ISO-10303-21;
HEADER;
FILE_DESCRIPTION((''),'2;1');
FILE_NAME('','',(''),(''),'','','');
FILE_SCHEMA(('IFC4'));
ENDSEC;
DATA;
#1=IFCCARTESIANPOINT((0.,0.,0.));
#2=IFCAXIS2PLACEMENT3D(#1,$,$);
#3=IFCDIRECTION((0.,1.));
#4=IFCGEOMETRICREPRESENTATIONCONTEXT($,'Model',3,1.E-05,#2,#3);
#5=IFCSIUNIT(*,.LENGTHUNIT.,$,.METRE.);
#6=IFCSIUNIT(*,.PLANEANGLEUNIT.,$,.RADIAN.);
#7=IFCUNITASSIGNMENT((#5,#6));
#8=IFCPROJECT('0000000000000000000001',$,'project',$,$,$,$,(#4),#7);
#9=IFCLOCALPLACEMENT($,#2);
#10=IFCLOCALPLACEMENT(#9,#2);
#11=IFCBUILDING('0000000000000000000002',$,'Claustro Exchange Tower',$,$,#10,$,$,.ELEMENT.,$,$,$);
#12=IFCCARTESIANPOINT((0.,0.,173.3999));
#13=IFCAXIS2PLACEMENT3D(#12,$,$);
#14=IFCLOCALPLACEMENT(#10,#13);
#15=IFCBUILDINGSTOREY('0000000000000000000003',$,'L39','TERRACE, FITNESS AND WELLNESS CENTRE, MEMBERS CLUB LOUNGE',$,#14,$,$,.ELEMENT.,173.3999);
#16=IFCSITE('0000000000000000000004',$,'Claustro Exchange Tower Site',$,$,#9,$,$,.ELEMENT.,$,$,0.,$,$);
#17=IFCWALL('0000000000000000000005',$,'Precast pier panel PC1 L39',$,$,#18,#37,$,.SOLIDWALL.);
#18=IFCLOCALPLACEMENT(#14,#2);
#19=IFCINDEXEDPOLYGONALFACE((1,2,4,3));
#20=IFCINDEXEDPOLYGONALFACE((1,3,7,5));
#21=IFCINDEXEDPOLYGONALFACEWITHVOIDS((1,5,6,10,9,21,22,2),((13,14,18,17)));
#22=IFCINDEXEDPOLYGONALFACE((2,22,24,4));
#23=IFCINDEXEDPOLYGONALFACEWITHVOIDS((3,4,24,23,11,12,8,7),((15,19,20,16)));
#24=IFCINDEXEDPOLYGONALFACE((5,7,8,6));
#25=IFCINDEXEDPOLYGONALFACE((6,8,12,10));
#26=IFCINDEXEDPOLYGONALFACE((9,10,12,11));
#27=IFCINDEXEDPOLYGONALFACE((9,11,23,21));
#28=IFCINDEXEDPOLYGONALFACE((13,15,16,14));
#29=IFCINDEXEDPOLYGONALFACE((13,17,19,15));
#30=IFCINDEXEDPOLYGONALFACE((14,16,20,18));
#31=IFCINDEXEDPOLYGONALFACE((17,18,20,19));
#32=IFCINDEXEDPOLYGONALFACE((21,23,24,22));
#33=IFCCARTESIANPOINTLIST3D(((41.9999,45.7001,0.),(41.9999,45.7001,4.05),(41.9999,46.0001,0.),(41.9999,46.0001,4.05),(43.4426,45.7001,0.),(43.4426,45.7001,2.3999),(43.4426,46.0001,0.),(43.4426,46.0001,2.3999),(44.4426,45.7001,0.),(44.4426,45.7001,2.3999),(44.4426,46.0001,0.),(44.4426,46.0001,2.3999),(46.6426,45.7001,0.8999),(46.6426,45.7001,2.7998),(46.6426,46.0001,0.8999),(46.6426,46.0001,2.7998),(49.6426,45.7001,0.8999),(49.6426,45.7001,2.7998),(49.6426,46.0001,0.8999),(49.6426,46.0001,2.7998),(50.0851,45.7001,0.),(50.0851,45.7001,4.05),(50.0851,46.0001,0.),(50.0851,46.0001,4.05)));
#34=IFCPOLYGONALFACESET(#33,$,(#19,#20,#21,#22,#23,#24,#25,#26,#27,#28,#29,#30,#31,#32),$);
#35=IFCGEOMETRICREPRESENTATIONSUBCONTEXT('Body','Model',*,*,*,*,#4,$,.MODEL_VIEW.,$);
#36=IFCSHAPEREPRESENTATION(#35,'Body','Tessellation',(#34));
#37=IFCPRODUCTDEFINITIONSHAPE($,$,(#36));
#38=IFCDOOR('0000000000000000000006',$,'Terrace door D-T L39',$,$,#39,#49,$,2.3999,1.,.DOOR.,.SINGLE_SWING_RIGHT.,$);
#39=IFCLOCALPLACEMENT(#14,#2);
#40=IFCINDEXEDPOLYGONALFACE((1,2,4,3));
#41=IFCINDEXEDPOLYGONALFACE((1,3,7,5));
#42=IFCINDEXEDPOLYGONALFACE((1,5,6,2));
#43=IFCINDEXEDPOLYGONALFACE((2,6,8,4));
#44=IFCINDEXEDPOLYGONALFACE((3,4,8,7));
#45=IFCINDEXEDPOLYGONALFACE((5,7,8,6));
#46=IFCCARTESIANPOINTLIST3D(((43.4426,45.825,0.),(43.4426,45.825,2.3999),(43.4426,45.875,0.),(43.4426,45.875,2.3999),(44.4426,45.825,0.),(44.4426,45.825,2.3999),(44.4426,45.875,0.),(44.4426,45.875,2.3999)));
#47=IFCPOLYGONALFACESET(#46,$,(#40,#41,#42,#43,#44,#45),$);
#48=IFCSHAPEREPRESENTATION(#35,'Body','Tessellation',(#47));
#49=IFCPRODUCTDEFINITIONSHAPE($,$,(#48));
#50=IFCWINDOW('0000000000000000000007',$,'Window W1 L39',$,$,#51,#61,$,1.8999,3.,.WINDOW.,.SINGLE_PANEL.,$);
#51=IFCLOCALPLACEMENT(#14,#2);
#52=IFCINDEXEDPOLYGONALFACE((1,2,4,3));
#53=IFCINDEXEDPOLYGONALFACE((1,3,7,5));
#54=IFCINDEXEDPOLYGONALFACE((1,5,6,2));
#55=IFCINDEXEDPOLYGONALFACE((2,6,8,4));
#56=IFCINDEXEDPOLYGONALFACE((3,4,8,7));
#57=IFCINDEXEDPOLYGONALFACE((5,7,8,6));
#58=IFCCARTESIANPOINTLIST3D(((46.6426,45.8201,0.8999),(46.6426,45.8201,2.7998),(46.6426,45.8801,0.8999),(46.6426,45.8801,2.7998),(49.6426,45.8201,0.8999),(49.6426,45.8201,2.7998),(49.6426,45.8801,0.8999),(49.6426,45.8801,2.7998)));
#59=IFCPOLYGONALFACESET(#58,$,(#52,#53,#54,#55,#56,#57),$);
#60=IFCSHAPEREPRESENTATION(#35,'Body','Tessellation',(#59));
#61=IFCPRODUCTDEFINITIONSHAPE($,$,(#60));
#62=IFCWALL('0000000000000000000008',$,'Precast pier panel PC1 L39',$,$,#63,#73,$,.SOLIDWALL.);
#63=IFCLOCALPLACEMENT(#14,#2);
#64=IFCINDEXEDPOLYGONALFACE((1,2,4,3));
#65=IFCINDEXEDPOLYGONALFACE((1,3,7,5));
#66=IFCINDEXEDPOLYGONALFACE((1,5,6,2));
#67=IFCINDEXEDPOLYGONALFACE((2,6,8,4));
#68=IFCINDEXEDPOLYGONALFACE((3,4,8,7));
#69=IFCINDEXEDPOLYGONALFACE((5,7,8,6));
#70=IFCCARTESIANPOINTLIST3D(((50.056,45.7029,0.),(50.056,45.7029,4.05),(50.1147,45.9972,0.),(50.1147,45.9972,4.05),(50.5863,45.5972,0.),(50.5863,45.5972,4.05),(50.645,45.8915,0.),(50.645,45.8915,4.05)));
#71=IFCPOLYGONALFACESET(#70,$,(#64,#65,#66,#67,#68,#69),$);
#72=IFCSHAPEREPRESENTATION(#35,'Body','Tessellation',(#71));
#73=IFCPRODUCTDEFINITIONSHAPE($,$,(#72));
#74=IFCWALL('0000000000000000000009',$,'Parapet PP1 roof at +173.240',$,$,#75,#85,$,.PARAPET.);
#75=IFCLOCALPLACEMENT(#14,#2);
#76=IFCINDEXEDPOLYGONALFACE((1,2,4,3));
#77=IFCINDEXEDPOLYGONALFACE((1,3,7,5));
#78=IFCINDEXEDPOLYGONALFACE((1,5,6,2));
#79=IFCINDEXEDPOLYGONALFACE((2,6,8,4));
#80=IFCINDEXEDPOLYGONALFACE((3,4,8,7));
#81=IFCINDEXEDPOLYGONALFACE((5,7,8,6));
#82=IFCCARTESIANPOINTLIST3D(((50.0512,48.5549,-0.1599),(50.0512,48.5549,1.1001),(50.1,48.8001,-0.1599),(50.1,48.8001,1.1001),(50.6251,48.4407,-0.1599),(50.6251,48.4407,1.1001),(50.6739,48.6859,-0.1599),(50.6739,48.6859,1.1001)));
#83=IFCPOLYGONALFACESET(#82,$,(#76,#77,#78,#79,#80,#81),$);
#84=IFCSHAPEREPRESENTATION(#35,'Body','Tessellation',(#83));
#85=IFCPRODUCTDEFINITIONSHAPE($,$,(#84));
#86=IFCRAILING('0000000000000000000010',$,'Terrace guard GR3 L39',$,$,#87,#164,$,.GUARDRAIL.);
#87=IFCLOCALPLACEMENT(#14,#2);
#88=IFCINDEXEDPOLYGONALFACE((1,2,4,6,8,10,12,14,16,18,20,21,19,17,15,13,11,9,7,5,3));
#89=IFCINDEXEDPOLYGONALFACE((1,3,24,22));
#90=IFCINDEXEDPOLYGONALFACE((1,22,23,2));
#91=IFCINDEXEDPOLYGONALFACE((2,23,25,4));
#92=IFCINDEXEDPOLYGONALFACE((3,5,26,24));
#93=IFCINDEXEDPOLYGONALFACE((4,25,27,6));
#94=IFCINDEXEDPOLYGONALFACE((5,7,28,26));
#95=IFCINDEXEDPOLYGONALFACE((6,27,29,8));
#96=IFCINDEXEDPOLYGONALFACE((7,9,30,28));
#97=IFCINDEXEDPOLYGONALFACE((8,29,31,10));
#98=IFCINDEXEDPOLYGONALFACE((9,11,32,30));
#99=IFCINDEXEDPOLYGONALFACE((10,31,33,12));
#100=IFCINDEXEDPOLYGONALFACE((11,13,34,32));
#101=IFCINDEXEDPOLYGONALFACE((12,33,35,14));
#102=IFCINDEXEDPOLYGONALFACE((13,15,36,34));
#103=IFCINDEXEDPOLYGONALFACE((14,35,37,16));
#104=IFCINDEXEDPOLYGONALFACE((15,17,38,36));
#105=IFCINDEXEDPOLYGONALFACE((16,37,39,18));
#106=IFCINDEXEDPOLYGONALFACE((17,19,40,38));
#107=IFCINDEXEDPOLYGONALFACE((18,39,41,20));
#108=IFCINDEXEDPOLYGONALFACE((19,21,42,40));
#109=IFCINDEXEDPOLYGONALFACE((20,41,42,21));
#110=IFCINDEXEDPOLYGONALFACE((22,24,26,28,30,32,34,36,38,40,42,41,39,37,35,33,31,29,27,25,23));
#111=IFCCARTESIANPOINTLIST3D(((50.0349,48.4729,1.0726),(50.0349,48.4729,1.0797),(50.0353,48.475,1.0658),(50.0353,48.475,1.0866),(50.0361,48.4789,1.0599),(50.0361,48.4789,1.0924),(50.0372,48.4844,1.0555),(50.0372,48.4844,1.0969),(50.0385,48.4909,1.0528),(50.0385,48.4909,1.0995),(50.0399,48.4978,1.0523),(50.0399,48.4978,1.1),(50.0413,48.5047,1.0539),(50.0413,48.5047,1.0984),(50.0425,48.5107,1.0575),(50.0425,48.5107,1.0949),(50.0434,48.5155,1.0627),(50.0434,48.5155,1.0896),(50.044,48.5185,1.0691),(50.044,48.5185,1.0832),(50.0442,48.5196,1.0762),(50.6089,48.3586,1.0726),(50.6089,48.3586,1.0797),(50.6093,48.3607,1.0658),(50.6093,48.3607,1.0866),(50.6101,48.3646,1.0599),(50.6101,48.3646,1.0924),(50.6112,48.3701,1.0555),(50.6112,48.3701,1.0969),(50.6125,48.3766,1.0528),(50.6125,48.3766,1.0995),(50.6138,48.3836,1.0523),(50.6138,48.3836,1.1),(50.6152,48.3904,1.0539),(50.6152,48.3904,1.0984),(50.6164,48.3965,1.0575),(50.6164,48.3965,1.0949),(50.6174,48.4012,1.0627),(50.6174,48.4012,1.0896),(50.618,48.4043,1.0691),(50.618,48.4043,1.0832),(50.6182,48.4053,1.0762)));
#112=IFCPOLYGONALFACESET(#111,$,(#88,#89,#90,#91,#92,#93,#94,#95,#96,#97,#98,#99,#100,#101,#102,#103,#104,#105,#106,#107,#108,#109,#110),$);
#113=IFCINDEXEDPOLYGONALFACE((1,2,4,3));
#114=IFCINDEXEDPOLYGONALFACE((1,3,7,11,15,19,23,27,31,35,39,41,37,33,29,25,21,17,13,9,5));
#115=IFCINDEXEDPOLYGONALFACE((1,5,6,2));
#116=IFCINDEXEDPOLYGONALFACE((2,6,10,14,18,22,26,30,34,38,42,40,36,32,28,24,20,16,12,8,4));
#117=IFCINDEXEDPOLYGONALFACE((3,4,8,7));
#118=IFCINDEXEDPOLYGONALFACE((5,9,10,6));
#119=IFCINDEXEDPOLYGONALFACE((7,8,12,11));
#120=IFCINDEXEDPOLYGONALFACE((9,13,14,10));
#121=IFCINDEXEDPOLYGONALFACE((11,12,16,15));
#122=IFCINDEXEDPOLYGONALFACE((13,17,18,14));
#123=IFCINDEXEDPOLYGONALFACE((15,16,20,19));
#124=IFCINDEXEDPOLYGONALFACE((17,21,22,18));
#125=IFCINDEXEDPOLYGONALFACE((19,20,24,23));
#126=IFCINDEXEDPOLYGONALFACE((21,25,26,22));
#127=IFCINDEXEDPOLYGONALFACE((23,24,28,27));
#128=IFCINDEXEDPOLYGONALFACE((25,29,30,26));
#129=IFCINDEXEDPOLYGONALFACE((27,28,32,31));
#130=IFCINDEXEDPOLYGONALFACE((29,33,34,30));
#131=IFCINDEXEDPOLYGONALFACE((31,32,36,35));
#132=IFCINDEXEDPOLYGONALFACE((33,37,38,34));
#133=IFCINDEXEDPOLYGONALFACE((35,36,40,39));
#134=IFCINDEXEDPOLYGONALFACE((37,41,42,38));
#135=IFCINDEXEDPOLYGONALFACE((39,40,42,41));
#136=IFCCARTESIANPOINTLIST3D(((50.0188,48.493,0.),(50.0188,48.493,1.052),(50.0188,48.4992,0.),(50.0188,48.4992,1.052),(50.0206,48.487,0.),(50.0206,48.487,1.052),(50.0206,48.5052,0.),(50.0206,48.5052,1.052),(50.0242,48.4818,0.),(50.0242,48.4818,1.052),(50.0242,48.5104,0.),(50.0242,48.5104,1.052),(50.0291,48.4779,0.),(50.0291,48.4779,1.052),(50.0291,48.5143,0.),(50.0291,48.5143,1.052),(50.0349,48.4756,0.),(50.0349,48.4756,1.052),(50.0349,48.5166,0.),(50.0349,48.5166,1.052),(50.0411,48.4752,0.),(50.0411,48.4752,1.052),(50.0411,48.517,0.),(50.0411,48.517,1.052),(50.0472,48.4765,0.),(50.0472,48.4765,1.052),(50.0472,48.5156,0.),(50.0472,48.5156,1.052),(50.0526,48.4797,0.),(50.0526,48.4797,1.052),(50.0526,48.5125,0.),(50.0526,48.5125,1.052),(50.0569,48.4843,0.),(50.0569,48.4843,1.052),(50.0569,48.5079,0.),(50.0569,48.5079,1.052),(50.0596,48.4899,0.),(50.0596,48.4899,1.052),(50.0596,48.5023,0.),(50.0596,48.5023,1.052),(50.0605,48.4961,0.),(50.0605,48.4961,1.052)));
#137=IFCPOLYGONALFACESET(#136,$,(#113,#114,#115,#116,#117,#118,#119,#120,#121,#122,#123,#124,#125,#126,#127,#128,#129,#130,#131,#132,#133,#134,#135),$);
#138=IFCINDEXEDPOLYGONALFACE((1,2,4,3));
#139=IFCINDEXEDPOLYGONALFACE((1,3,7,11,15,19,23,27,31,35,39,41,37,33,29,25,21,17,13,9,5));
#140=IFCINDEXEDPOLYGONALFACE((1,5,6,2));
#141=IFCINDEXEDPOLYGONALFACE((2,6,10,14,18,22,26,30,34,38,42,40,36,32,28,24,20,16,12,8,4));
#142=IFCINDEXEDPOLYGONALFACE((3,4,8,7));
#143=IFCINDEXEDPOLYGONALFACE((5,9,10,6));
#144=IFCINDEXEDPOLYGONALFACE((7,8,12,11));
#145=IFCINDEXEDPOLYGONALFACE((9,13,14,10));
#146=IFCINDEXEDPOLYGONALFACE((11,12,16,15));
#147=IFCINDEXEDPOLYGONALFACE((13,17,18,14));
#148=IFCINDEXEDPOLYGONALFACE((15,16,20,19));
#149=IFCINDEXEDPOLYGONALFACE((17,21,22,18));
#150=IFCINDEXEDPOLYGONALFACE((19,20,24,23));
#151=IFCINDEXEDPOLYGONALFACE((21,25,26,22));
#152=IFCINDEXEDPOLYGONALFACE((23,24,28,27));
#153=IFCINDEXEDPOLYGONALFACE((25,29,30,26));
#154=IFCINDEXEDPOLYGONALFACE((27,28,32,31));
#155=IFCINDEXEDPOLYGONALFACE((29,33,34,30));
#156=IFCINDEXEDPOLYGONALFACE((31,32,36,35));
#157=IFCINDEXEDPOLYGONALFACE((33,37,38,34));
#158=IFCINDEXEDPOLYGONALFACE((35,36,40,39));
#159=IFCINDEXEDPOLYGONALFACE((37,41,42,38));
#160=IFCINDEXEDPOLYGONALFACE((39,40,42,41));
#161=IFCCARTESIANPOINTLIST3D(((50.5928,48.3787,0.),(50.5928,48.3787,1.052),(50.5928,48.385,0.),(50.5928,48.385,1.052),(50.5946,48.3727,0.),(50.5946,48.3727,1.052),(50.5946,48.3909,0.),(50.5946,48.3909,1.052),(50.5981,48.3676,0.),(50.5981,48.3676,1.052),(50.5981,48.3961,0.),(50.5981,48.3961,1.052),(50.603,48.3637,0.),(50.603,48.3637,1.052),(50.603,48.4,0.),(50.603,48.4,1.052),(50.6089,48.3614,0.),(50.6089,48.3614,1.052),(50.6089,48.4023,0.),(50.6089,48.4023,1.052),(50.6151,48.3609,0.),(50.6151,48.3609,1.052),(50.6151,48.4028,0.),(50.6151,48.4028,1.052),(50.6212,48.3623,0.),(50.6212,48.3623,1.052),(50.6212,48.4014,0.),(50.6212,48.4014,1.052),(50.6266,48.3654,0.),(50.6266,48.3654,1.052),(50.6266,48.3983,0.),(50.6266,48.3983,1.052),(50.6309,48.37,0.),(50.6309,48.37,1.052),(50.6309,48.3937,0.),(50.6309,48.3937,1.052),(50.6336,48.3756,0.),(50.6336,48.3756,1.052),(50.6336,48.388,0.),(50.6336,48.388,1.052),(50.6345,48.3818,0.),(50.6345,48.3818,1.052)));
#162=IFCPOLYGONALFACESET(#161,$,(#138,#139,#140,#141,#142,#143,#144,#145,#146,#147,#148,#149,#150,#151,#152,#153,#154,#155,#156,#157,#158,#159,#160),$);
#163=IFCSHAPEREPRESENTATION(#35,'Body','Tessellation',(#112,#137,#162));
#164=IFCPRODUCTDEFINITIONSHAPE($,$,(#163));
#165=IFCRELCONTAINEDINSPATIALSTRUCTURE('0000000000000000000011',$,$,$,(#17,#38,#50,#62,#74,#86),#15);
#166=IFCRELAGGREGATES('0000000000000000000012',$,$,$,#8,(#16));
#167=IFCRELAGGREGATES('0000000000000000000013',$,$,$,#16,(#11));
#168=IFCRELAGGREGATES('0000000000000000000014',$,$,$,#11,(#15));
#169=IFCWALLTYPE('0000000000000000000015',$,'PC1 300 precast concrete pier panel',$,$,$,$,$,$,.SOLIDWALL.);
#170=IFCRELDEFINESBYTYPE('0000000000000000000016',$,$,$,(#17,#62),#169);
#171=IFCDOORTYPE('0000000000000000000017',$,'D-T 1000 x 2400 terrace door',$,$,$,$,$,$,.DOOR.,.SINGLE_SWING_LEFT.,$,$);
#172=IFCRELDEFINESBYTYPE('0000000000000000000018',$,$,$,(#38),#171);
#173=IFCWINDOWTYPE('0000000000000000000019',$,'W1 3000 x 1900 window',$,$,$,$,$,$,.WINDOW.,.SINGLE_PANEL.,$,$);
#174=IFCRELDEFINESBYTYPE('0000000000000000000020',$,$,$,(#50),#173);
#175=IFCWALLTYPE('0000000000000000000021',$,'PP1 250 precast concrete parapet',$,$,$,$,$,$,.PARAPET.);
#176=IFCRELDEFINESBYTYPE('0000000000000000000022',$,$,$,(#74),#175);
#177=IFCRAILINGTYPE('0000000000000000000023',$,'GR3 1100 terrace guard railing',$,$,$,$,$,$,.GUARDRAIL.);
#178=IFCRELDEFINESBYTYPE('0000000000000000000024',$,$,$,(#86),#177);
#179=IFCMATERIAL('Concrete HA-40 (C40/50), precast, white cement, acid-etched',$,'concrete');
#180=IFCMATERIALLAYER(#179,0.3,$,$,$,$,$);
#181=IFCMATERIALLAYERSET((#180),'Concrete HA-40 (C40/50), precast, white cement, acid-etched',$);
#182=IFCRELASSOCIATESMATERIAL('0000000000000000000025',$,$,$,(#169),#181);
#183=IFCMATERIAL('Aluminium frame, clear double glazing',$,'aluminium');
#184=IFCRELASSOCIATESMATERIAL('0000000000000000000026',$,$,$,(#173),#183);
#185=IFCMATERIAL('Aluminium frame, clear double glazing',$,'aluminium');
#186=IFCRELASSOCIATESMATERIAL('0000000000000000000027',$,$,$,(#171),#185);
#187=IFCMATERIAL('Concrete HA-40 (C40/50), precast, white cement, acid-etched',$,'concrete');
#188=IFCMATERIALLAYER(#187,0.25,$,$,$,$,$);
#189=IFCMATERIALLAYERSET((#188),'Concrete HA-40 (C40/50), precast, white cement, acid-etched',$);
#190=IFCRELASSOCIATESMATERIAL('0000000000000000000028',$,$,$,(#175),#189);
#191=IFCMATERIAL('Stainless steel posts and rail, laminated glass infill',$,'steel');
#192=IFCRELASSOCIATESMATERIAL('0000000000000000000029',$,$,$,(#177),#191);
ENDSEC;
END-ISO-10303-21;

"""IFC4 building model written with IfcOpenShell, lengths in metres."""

from ifc_helpers import new_model, si_unit, direction, frame, frame_2d, origin, origin_2d, place, context, subcontext, project, spatial, rectangle, circle, extrude, material, layer, layer_set, type_object, element, fill, save


model = new_model("IFC4")

# Units and contexts
model_context = context("Model", 3, precision=1e-05, world=origin(), true_north=direction((0.0, 1.0)))
body_context = subcontext(model_context, "Body", "Model", "MODEL_VIEW")
ifc_project = project(units=[si_unit("LENGTHUNIT", "METRE"), si_unit("PLANEANGLEUNIT", "RADIAN")], contexts=[model_context])

# Site, building, storey
site_placement = place(None, origin())
site = spatial("IfcSite", under=ifc_project, at=site_placement, Name="Claustro Exchange Tower Site", CompositionType="ELEMENT", RefElevation=0.0)
building_placement = place(site_placement, origin())
building = spatial("IfcBuilding", under=site, at=building_placement, Name="Claustro Exchange Tower", CompositionType="ELEMENT")
storey_placement = place(building_placement, frame((0.0, 0.0, 173.3999)))
storey = spatial("IfcBuildingStorey", under=building, at=storey_placement, Name="L39", Description="TERRACE, FITNESS AND WELLNESS CENTRE, MEMBERS CLUB LOUNGE", CompositionType="ELEMENT", Elevation=173.3999)

# Shared definitions
ifc_material_1 = material(Name="Concrete HA-40 (C40/50), precast, white cement, acid-etched", Category="concrete")
ifc_layer_1 = layer(ifc_material_1, 0.3)
ifc_layer_set_1 = layer_set([ifc_layer_1], Name="Concrete HA-40 (C40/50), precast, white cement, acid-etched")
wall_type_1 = type_object("IfcWallType", Name="PC1 300 precast concrete pier panel", PredefinedType="SOLIDWALL", material=ifc_layer_set_1)
ifc_material_2 = material(Name="Aluminium frame, clear double glazing", Category="aluminium")
window_type = type_object("IfcWindowType", Name="W1 3000 x 1900 window", PartitioningType="SINGLE_PANEL", PredefinedType="WINDOW", material=ifc_material_2)

# Wall, openings, door, window
wall_1_placement = place(storey_placement, frame((42.0, 45.8501, 0.0), z_axis=(0.0, 0.0, 1.0), x_axis=(1.0, 0.0, 0.0)))
wall_1 = element("IfcWall", 1, at=wall_1_placement, inside=storey, type_object=wall_type_1, Name="Precast pier panel PC1 L39", PredefinedType="SOLIDWALL", context=body_context, shape_type="SweptSolid", body=[
    extrude(rectangle(XDim=8.0852, YDim=0.3, at=frame_2d((4.0425, 0.0))), origin(), (0.0, 0.0, 1.0), 4.05),
])
opening_1_placement = place(wall_1_placement, frame((4.6426, 0.0, 0.8999)))
opening_1 = element("IfcOpeningElement", 2, at=opening_1_placement, cuts=wall_1, PredefinedType="OPENING", context=body_context, shape_type="SweptSolid", body=[
    extrude(rectangle(XDim=3.0, YDim=1.8999, at=frame_2d((1.5, 0.95))), frame((0.0, 0.1599, 0.0), z_axis=(0.0, -1.0, 0.0), x_axis=(1.0, 0.0, 0.0)), (0.0, 0.0, 1.0), 0.3201),
])
opening_2_placement = place(wall_1_placement, frame((1.4426, 0.0, 0.0)))
opening_2 = element("IfcOpeningElement", 3, at=opening_2_placement, cuts=wall_1, PredefinedType="OPENING", context=body_context, shape_type="SweptSolid", body=[
    extrude(rectangle(XDim=1.0, YDim=2.3999, at=frame_2d((0.5, 1.2))), frame((0.0, 0.1599, 0.0), z_axis=(0.0, -1.0, 0.0), x_axis=(1.0, 0.0, 0.0)), (0.0, 0.0, 1.0), 0.3201),
])
ifc_material_3 = material(Name="Aluminium frame, clear double glazing", Category="aluminium")
door_type_1 = type_object("IfcDoorType", Name="D-T 1000 x 2400 terrace door", OperationType="SINGLE_SWING_LEFT", PredefinedType="DOOR", material=ifc_material_3)
door_1_placement = place(opening_2_placement, origin())
door_1 = element("IfcDoor", 4, at=door_1_placement, inside=storey, type_object=door_type_1, Name="Terrace door D-T L39", OperationType="SINGLE_SWING_RIGHT", OverallHeight=2.3999, OverallWidth=1.0, PredefinedType="DOOR", context=body_context, shape_type="SweptSolid", body=[
    extrude(rectangle(XDim=1.0, YDim=2.3999, at=frame_2d((0.5, 1.2))), frame((0.0, 0.0249, 0.0), z_axis=(0.0, -1.0, 0.0), x_axis=(1.0, 0.0, 0.0)), (0.0, 0.0, 1.0), 0.05),
])
fill(opening_2, door_1)
window_1_placement = place(opening_1_placement, origin())
window_1 = element("IfcWindow", 5, at=window_1_placement, inside=storey, type_object=window_type, Name="Window W1 L39", OverallHeight=1.8999, OverallWidth=3.0, PartitioningType="SINGLE_PANEL", PredefinedType="WINDOW", context=body_context, shape_type="SweptSolid", body=[
    extrude(rectangle(XDim=3.0, YDim=1.8999, at=frame_2d((1.5, 0.95))), frame((0.0, 0.03, 0.0), z_axis=(0.0, -1.0, 0.0), x_axis=(1.0, 0.0, 0.0)), (0.0, 0.0, 1.0), 0.0601),
])
fill(opening_1, window_1)

# Walls
wall_2_placement = place(storey_placement, frame((50.0852, 45.8501, 0.0), z_axis=(0.0, 0.0, 1.0), x_axis=(0.980702, -0.195508, 0.0)))
element("IfcWall", 6, at=wall_2_placement, inside=storey, type_object=wall_type_1, Name="Precast pier panel PC1 L39", PredefinedType="SOLIDWALL", context=body_context, shape_type="SweptSolid", body=[
    extrude(rectangle(XDim=0.5408, YDim=0.3, at=frame_2d((0.2705, 0.0))), origin(), (0.0, 0.0, 1.0), 4.05),
])
ifc_material_4 = material(Name="Concrete HA-40 (C40/50), precast, white cement, acid-etched", Category="concrete")
ifc_layer_2 = layer(ifc_material_4, 0.25)
ifc_layer_set_2 = layer_set([ifc_layer_2], Name="Concrete HA-40 (C40/50), precast, white cement, acid-etched")
wall_type_2 = type_object("IfcWallType", Name="PP1 250 precast concrete parapet", PredefinedType="PARAPET", material=ifc_layer_set_2)
wall_3_placement = place(storey_placement, frame((50.0757, 48.6775, -0.1599), z_axis=(0.0, 0.0, 1.0), x_axis=(0.980757, -0.195234, 0.0)))
element("IfcWall", 7, at=wall_3_placement, inside=storey, type_object=wall_type_2, Name="Parapet PP1 roof at +173.240", PredefinedType="PARAPET", context=body_context, shape_type="SweptSolid", body=[
    extrude(rectangle(XDim=0.5852, YDim=0.25, at=frame_2d((0.2925, 0.0))), origin(), (0.0, 0.0, 1.0), 1.26),
])

# Railing
ifc_material_5 = material(Name="Stainless steel posts and rail, laminated glass infill", Category="steel")
railing_type = type_object("IfcRailingType", Name="GR3 1100 terrace guard railing", PredefinedType="GUARDRAIL", material=ifc_material_5)
railing_placement = place(storey_placement, frame((50.0396, 48.4961, 0.0)))
element("IfcRailing", 8, at=railing_placement, inside=storey, type_object=railing_type, Name="Terrace guard GR3 L39", PredefinedType="GUARDRAIL", context=body_context, shape_type="SweptSolid", body=[
    extrude(circle(Radius=0.0239, at=origin_2d()), frame((0.0, 0.0, 1.0762), z_axis=(0.980757, -0.195234, 0.0), x_axis=(0.195234, 0.980757, 0.0)), (0.0, 0.0, 1.0), 0.5852),
    extrude(circle(Radius=0.021, at=origin_2d()), origin(), (0.0, 0.0, 1.0), 1.052),
    extrude(circle(Radius=0.021, at=origin_2d()), frame((0.574, -0.1143, 0.0)), (0.0, 0.0, 1.0), 1.052),
])

save(model, "model.ifc")
